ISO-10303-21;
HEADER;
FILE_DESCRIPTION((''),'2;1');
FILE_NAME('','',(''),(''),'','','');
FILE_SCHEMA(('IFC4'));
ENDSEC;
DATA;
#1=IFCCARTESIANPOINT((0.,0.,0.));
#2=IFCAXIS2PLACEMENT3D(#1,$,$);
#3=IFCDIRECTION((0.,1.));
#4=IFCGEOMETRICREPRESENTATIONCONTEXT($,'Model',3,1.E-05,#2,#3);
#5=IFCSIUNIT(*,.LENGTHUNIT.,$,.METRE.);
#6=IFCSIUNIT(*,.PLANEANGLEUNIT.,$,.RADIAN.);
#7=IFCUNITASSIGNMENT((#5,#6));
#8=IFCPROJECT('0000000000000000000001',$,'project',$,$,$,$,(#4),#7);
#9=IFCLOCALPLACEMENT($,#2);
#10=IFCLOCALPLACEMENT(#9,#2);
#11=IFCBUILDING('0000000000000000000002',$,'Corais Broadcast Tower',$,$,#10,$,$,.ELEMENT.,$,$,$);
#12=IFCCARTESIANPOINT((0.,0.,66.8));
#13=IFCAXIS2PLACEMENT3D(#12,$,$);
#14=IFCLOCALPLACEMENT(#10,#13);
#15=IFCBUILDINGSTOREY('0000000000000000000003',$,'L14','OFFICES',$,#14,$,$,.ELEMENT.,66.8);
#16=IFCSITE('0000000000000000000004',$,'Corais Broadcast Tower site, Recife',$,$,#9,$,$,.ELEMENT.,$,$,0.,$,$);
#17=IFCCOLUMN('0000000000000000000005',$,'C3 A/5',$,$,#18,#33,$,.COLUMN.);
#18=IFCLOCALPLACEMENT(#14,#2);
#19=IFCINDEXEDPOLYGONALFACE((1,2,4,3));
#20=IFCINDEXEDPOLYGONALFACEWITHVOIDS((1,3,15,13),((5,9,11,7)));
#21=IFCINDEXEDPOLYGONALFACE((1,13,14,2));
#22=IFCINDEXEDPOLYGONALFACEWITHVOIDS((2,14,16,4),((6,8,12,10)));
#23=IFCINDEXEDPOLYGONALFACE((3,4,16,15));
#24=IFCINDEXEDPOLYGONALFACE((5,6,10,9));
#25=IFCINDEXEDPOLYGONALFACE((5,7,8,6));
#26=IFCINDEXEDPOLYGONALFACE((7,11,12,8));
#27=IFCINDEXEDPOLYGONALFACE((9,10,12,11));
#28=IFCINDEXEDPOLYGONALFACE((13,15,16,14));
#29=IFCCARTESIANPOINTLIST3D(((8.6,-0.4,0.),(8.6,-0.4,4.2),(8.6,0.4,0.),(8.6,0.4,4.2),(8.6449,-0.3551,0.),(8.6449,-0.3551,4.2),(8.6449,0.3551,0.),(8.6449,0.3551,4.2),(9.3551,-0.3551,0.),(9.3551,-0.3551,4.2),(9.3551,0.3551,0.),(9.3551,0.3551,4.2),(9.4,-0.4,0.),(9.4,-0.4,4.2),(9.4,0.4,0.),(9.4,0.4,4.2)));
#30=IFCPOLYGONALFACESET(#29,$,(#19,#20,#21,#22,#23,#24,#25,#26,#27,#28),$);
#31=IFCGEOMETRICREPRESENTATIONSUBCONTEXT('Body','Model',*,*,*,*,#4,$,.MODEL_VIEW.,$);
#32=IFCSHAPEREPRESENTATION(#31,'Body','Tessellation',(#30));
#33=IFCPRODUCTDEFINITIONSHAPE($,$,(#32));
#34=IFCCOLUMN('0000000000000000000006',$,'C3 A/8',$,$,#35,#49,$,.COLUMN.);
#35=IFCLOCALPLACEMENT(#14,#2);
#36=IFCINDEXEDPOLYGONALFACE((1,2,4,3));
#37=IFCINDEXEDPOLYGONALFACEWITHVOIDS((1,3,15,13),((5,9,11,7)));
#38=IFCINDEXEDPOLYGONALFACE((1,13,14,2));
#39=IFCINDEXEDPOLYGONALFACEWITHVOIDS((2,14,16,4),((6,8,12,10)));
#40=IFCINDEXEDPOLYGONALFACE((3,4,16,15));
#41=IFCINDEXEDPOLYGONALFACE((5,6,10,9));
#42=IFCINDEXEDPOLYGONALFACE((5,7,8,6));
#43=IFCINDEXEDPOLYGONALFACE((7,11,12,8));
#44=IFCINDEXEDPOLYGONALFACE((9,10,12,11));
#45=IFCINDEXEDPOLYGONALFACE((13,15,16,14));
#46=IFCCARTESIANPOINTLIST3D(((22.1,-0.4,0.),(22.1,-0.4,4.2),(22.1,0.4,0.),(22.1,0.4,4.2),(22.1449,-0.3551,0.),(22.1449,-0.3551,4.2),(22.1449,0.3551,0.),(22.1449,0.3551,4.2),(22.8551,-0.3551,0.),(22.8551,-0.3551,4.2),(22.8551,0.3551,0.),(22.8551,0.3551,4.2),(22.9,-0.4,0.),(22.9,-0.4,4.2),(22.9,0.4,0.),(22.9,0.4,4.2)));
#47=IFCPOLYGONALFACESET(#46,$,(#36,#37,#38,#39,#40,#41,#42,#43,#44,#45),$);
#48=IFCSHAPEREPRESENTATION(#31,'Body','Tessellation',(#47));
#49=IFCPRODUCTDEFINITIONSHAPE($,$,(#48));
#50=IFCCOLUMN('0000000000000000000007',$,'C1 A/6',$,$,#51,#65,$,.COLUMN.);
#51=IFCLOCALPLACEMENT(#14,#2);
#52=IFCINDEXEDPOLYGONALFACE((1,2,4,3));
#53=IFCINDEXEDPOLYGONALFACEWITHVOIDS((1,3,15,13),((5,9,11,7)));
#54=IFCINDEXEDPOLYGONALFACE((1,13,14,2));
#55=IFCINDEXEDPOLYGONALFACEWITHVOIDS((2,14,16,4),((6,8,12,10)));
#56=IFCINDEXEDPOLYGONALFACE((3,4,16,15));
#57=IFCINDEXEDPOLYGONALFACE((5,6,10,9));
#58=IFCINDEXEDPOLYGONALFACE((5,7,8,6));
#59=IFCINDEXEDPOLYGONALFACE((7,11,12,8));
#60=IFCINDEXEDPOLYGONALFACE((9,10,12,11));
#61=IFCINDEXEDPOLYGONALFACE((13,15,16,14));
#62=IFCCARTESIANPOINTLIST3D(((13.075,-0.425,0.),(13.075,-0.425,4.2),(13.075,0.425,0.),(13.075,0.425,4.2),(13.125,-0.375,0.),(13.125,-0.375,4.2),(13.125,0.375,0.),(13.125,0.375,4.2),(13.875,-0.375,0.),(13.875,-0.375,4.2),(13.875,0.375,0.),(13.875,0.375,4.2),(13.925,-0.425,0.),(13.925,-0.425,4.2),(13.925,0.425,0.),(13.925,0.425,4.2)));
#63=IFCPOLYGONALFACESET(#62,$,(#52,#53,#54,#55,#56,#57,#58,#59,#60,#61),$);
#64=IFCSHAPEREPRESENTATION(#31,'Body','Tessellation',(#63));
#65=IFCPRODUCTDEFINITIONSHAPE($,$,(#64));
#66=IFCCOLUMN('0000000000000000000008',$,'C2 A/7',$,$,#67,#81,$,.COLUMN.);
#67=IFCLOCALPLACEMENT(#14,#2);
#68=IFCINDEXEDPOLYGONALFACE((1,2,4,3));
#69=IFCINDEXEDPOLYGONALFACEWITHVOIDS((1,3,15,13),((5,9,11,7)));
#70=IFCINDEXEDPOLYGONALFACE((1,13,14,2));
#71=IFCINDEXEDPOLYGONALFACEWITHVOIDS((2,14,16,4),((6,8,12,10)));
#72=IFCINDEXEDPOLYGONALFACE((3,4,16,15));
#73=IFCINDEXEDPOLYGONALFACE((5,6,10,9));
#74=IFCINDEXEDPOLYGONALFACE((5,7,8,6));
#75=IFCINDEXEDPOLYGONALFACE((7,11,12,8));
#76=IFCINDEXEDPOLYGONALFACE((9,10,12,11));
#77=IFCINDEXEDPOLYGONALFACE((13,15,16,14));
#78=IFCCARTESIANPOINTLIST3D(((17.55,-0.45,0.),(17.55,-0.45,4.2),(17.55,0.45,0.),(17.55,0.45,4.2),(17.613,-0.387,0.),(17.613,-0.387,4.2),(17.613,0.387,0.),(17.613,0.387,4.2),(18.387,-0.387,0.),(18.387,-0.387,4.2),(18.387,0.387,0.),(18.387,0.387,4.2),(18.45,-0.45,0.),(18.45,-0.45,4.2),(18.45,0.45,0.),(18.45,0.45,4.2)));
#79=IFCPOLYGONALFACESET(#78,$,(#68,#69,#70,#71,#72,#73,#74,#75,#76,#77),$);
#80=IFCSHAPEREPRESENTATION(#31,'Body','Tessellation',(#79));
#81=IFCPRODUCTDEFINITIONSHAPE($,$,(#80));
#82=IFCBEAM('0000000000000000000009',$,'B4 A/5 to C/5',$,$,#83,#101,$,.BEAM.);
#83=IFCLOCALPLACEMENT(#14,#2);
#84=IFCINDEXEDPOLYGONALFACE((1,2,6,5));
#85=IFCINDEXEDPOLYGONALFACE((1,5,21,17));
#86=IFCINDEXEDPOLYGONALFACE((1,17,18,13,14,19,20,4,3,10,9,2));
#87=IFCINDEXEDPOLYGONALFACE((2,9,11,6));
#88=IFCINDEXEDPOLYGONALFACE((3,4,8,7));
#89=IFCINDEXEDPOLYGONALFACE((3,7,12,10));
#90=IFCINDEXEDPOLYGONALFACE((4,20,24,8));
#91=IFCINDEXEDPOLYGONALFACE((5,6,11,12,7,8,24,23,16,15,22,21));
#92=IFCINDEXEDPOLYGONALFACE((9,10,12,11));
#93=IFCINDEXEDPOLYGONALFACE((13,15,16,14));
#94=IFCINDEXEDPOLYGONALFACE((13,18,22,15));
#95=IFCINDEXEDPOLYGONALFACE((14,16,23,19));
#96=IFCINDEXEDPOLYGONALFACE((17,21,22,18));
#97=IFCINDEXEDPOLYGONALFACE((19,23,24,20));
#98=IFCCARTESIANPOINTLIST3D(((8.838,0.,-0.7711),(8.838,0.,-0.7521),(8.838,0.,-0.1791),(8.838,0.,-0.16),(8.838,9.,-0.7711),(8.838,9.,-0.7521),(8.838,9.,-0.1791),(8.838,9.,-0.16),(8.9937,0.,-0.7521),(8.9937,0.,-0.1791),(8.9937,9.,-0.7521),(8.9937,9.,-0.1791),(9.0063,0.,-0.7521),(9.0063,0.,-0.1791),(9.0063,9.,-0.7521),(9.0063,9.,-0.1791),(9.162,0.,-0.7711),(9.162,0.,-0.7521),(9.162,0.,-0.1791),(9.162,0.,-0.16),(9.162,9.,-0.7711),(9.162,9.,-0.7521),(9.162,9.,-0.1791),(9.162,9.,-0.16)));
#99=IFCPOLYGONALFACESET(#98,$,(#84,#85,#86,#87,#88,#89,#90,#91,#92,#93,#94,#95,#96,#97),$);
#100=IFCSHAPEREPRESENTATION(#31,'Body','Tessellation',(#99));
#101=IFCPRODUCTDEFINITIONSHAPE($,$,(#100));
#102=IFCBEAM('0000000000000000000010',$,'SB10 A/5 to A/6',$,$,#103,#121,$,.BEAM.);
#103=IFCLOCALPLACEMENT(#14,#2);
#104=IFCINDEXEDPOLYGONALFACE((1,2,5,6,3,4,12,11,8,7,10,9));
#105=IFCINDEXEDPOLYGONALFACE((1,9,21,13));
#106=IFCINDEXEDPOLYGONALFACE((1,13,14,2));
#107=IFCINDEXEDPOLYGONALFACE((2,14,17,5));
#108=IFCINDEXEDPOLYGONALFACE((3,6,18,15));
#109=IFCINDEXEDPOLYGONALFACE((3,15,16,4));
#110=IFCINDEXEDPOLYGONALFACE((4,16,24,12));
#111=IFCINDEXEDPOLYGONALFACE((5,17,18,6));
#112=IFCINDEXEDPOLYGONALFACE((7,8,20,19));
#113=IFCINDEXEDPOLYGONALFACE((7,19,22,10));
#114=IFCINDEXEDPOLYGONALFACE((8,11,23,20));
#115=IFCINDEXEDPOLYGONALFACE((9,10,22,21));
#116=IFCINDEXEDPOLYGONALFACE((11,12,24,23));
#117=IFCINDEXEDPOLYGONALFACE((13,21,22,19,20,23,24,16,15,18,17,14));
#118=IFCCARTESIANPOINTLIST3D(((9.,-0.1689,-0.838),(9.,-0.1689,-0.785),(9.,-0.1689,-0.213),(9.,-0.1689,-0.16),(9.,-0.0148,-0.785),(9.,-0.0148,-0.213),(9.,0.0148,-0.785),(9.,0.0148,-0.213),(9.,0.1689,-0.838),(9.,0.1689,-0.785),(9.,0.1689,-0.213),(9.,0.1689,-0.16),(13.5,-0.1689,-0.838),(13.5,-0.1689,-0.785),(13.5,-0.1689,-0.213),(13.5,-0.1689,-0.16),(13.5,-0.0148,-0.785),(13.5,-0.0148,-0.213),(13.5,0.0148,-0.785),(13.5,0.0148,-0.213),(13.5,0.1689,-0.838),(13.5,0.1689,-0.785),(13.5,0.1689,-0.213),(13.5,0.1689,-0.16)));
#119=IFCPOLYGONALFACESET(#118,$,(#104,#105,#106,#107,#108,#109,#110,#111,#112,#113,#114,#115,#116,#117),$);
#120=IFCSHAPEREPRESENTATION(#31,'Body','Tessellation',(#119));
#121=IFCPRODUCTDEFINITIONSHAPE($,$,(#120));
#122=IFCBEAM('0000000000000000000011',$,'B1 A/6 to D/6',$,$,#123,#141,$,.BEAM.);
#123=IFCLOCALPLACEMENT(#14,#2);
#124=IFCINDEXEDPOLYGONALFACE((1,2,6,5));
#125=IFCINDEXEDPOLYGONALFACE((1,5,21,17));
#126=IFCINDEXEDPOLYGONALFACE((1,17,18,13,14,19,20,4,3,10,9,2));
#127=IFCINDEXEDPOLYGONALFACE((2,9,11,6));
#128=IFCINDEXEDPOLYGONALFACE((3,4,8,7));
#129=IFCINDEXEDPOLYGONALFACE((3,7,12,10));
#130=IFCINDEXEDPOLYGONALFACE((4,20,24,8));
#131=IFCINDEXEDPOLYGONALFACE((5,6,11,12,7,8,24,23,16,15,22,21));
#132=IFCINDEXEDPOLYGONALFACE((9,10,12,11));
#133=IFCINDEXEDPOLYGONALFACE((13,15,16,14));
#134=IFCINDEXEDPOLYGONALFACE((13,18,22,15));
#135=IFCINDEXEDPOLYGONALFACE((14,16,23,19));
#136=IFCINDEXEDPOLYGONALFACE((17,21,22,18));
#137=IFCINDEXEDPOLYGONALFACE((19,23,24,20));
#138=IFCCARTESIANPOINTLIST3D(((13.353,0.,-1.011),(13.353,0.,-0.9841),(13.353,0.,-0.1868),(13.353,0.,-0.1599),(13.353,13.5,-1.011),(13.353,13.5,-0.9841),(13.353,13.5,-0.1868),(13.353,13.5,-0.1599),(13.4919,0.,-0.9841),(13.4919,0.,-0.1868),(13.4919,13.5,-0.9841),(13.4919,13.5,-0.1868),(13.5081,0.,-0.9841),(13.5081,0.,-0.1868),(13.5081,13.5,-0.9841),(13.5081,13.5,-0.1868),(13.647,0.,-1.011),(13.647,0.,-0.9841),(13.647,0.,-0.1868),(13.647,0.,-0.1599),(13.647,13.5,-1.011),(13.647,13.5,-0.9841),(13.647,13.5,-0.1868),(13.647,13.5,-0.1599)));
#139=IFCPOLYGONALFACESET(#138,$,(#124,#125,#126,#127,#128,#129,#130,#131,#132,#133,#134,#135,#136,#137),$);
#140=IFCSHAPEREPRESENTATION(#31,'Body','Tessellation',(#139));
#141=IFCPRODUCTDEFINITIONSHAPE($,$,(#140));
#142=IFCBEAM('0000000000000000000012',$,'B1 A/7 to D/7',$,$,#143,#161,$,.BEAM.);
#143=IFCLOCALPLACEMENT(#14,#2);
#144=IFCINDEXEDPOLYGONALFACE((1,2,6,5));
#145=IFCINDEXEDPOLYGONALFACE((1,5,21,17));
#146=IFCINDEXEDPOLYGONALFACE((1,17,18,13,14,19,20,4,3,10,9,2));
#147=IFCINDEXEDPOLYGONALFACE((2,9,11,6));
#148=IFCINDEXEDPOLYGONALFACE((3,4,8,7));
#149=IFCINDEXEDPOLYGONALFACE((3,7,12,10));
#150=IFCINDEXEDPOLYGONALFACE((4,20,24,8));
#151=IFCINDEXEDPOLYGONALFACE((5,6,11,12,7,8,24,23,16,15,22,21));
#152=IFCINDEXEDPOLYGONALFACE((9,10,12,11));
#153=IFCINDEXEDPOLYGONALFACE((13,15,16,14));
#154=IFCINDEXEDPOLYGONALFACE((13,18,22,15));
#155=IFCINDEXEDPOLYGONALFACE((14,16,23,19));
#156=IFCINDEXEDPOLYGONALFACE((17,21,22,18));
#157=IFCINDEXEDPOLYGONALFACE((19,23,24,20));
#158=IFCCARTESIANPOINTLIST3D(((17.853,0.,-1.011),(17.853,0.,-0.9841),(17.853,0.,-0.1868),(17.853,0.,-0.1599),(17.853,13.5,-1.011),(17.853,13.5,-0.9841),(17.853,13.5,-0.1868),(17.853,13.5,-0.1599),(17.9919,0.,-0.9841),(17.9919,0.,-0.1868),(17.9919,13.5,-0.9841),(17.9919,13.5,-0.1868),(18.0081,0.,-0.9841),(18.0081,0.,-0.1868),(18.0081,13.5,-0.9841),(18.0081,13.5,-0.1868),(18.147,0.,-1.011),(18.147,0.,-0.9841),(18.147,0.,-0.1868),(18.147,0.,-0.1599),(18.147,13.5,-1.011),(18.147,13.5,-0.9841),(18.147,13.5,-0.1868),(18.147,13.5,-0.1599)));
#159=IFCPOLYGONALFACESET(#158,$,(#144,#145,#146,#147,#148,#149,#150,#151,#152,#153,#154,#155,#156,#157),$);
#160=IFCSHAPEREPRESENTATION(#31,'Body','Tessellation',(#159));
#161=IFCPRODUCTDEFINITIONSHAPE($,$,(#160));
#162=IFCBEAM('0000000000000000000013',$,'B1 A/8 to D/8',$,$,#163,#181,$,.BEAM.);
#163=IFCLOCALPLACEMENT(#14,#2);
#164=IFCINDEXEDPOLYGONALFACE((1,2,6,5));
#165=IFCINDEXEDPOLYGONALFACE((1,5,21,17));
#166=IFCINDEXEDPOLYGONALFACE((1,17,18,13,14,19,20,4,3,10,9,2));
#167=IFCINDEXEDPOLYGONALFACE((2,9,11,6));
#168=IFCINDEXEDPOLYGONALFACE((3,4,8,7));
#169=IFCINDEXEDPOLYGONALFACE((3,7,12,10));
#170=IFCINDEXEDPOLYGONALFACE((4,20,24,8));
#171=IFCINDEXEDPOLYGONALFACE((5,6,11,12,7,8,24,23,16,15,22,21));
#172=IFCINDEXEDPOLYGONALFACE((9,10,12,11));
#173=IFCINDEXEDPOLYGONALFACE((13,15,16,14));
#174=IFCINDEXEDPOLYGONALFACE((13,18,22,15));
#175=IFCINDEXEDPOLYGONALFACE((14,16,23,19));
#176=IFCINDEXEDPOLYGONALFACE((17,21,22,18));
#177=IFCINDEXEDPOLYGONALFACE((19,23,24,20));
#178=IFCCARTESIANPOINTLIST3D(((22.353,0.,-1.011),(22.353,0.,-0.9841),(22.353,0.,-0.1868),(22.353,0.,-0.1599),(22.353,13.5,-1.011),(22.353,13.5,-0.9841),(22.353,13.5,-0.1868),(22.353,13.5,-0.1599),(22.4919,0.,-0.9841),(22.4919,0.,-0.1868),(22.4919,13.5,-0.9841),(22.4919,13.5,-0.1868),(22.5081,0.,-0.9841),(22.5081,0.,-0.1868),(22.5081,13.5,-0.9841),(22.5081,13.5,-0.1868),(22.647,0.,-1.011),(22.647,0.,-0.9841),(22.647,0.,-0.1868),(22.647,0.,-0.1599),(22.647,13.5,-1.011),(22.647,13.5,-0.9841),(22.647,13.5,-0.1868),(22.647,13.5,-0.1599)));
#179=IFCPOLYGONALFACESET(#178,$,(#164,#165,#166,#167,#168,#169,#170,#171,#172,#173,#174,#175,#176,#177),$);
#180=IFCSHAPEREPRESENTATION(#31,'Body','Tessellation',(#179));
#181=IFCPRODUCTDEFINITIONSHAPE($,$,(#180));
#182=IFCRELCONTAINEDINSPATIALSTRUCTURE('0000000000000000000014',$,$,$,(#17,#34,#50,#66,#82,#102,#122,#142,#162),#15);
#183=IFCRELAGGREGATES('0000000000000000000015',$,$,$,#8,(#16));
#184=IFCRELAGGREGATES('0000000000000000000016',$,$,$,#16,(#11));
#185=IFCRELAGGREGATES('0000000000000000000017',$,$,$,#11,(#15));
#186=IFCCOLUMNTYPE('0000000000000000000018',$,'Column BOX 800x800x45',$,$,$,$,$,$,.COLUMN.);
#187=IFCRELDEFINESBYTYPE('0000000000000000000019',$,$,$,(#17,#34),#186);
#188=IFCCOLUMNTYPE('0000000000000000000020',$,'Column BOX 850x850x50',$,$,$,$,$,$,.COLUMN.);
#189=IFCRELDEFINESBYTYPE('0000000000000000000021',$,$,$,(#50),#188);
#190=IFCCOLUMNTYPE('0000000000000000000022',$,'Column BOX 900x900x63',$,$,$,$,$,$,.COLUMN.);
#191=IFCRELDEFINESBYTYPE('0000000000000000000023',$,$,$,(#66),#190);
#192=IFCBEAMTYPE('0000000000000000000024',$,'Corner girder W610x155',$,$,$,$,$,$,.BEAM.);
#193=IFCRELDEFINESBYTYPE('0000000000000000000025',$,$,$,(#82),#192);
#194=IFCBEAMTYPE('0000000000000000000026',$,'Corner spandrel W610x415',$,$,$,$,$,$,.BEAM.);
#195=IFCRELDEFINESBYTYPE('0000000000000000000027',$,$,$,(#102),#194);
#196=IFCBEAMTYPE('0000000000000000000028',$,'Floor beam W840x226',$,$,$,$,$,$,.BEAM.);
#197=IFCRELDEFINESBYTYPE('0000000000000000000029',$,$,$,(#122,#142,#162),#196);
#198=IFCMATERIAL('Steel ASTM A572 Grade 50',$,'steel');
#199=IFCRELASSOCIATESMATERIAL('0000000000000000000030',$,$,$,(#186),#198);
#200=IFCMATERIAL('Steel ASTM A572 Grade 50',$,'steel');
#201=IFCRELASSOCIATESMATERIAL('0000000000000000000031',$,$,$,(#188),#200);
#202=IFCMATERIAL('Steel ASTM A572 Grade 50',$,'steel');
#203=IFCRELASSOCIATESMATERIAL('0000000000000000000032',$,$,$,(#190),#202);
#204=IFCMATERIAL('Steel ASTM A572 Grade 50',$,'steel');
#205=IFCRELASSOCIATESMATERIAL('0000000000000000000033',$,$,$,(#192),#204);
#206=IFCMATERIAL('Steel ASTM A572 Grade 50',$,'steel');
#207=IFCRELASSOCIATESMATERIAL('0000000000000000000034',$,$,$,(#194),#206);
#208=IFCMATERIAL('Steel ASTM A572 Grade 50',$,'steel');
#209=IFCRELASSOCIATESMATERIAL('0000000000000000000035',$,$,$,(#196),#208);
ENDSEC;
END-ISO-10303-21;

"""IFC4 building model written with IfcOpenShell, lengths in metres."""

from ifc_helpers import new_model, si_unit, direction, frame, origin, origin_2d, place, context, subcontext, project, spatial, hollow_rectangle, i_section, extrude, material, material_profile, profile_set, type_object, element, save


model = new_model("IFC4")

# Units and contexts
model_context = context("Model", 3, precision=1e-05, world=origin(), true_north=direction((0.0, 1.0)))
body_context = subcontext(model_context, "Body", "Model", "MODEL_VIEW")
ifc_project = project(units=[si_unit("LENGTHUNIT", "METRE"), si_unit("PLANEANGLEUNIT", "RADIAN")], contexts=[model_context])

# Site, building, storey
site_placement = place(None, origin())
site = spatial("IfcSite", under=ifc_project, at=site_placement, Name="Corais Broadcast Tower site, Recife", CompositionType="ELEMENT", RefElevation=0.0)
building_placement = place(site_placement, origin())
building = spatial("IfcBuilding", under=site, at=building_placement, Name="Corais Broadcast Tower", CompositionType="ELEMENT")
storey_placement = place(building_placement, frame((0.0, 0.0, 66.8)))
storey = spatial("IfcBuildingStorey", under=building, at=storey_placement, Name="L14", Description="OFFICES", CompositionType="ELEMENT", Elevation=66.8)

# Columns
ifc_material_1 = material(Name="Steel ASTM A572 Grade 50", Category="steel")
ifc_material_profile_1 = material_profile(ifc_material_1, hollow_rectangle(XDim=0.8, YDim=0.8, WallThickness=0.0449, at=origin_2d()), Name="BOX 800x800x45")
ifc_profile_set_1 = profile_set([ifc_material_profile_1], Name="Steel ASTM A572 Grade 50")
column_type_1 = type_object("IfcColumnType", Name="Column BOX 800x800x45", PredefinedType="COLUMN", material=ifc_profile_set_1)
for number, where, z_axis, x_axis, name in (
    (1, (9.0, 0.0, 0.0), (0.0, 0.0, 1.0), (1.0, 0.0, 0.0), "C3 A/5"),
    (2, (22.5, 0.0, 0.0), (0.0, 0.0, 1.0), (1.0, 0.0, 0.0), "C3 A/8"),
):
    element("IfcColumn", number, at=place(storey_placement, frame(where, z_axis=z_axis, x_axis=x_axis)), inside=storey, type_object=column_type_1, Name=name, PredefinedType="COLUMN", context=body_context, shape_type="SweptSolid", body=[
        extrude(hollow_rectangle(XDim=0.8, YDim=0.8, WallThickness=0.0449, at=origin_2d()), origin(), (0.0, 0.0, 1.0), 4.2),
    ])
ifc_material_2 = material(Name="Steel ASTM A572 Grade 50", Category="steel")
ifc_material_profile_2 = material_profile(ifc_material_2, hollow_rectangle(XDim=0.8501, YDim=0.8501, WallThickness=0.05, at=origin_2d()), Name="BOX 850x850x50")
ifc_profile_set_2 = profile_set([ifc_material_profile_2], Name="Steel ASTM A572 Grade 50")
column_type_2 = type_object("IfcColumnType", Name="Column BOX 850x850x50", PredefinedType="COLUMN", material=ifc_profile_set_2)
column_1_placement = place(storey_placement, frame((13.5, 0.0, 0.0), z_axis=(0.0, 0.0, 1.0), x_axis=(1.0, 0.0, 0.0)))
element("IfcColumn", 3, at=column_1_placement, inside=storey, type_object=column_type_2, Name="C1 A/6", PredefinedType="COLUMN", context=body_context, shape_type="SweptSolid", body=[
    extrude(hollow_rectangle(XDim=0.8501, YDim=0.8501, WallThickness=0.05, at=origin_2d()), origin(), (0.0, 0.0, 1.0), 4.2),
])
ifc_material_3 = material(Name="Steel ASTM A572 Grade 50", Category="steel")
ifc_material_profile_3 = material_profile(ifc_material_3, hollow_rectangle(XDim=0.8999, YDim=0.8999, WallThickness=0.063, at=origin_2d()), Name="BOX 900x900x63")
ifc_profile_set_3 = profile_set([ifc_material_profile_3], Name="Steel ASTM A572 Grade 50")
column_type_3 = type_object("IfcColumnType", Name="Column BOX 900x900x63", PredefinedType="COLUMN", material=ifc_profile_set_3)
column_2_placement = place(storey_placement, frame((18.0, 0.0, 0.0), z_axis=(0.0, 0.0, 1.0), x_axis=(1.0, 0.0, 0.0)))
element("IfcColumn", 4, at=column_2_placement, inside=storey, type_object=column_type_3, Name="C2 A/7", PredefinedType="COLUMN", context=body_context, shape_type="SweptSolid", body=[
    extrude(hollow_rectangle(XDim=0.8999, YDim=0.8999, WallThickness=0.063, at=origin_2d()), origin(), (0.0, 0.0, 1.0), 4.2),
])

# Beams
ifc_material_4 = material(Name="Steel ASTM A572 Grade 50", Category="steel")
ifc_material_profile_4 = material_profile(ifc_material_4, i_section(OverallWidth=0.324, OverallDepth=0.6111, WebThickness=0.0127, FlangeThickness=0.019, at=origin_2d()), Name="W610x155")
ifc_profile_set_4 = profile_set([ifc_material_profile_4], Name="Steel ASTM A572 Grade 50")
beam_type_1 = type_object("IfcBeamType", Name="Corner girder W610x155", PredefinedType="BEAM", material=ifc_profile_set_4)
beam_1_placement = place(storey_placement, frame((9.0, 0.0, -0.4656), z_axis=(0.0, 1.0, 0.0), x_axis=(-1.0, 0.0, 0.0)))
element("IfcBeam", 5, at=beam_1_placement, inside=storey, type_object=beam_type_1, Name="B4 A/5 to C/5", PredefinedType="BEAM", context=body_context, shape_type="SweptSolid", body=[
    extrude(i_section(OverallWidth=0.324, OverallDepth=0.6111, WebThickness=0.0127, FlangeThickness=0.019, at=origin_2d()), origin(), (0.0, 0.0, 1.0), 9.0),
])
ifc_material_5 = material(Name="Steel ASTM A572 Grade 50", Category="steel")
ifc_material_profile_5 = material_profile(ifc_material_5, i_section(OverallWidth=0.3379, OverallDepth=0.678, WebThickness=0.0295, FlangeThickness=0.053, at=origin_2d()), Name="W610x415")
ifc_profile_set_5 = profile_set([ifc_material_profile_5], Name="Steel ASTM A572 Grade 50")
beam_type_2 = type_object("IfcBeamType", Name="Corner spandrel W610x415", PredefinedType="BEAM", material=ifc_profile_set_5)
beam_2_placement = place(storey_placement, frame((9.0, 0.0, -0.499), z_axis=(1.0, 0.0, 0.0), x_axis=(0.0, 1.0, 0.0)))
element("IfcBeam", 6, at=beam_2_placement, inside=storey, type_object=beam_type_2, Name="SB10 A/5 to A/6", PredefinedType="BEAM", context=body_context, shape_type="SweptSolid", body=[
    extrude(i_section(OverallWidth=0.3379, OverallDepth=0.678, WebThickness=0.0295, FlangeThickness=0.053, at=origin_2d()), origin(), (0.0, 0.0, 1.0), 4.5),
])
ifc_material_6 = material(Name="Steel ASTM A572 Grade 50", Category="steel")
ifc_material_profile_6 = material_profile(ifc_material_6, i_section(OverallWidth=0.2939, OverallDepth=0.8511, WebThickness=0.0161, FlangeThickness=0.0269, at=origin_2d()), Name="W840x226")
ifc_profile_set_6 = profile_set([ifc_material_profile_6], Name="Steel ASTM A572 Grade 50")
beam_type_3 = type_object("IfcBeamType", Name="Floor beam W840x226", PredefinedType="BEAM", material=ifc_profile_set_6)
for number, where, z_axis, x_axis, name in (
    (7, (13.5, 0.0, -0.5854), (0.0, 1.0, 0.0), (-1.0, 0.0, 0.0), "B1 A/6 to D/6"),
    (8, (18.0, 0.0, -0.5854), (0.0, 1.0, 0.0), (-1.0, 0.0, 0.0), "B1 A/7 to D/7"),
    (9, (22.5, 0.0, -0.5854), (0.0, 1.0, 0.0), (-1.0, 0.0, 0.0), "B1 A/8 to D/8"),
):
    element("IfcBeam", number, at=place(storey_placement, frame(where, z_axis=z_axis, x_axis=x_axis)), inside=storey, type_object=beam_type_3, Name=name, PredefinedType="BEAM", context=body_context, shape_type="SweptSolid", body=[
        extrude(i_section(OverallWidth=0.2939, OverallDepth=0.8511, WebThickness=0.0161, FlangeThickness=0.0269, at=origin_2d()), origin(), (0.0, 0.0, 1.0), 13.5),
    ])

save(model, "model.ifc")
